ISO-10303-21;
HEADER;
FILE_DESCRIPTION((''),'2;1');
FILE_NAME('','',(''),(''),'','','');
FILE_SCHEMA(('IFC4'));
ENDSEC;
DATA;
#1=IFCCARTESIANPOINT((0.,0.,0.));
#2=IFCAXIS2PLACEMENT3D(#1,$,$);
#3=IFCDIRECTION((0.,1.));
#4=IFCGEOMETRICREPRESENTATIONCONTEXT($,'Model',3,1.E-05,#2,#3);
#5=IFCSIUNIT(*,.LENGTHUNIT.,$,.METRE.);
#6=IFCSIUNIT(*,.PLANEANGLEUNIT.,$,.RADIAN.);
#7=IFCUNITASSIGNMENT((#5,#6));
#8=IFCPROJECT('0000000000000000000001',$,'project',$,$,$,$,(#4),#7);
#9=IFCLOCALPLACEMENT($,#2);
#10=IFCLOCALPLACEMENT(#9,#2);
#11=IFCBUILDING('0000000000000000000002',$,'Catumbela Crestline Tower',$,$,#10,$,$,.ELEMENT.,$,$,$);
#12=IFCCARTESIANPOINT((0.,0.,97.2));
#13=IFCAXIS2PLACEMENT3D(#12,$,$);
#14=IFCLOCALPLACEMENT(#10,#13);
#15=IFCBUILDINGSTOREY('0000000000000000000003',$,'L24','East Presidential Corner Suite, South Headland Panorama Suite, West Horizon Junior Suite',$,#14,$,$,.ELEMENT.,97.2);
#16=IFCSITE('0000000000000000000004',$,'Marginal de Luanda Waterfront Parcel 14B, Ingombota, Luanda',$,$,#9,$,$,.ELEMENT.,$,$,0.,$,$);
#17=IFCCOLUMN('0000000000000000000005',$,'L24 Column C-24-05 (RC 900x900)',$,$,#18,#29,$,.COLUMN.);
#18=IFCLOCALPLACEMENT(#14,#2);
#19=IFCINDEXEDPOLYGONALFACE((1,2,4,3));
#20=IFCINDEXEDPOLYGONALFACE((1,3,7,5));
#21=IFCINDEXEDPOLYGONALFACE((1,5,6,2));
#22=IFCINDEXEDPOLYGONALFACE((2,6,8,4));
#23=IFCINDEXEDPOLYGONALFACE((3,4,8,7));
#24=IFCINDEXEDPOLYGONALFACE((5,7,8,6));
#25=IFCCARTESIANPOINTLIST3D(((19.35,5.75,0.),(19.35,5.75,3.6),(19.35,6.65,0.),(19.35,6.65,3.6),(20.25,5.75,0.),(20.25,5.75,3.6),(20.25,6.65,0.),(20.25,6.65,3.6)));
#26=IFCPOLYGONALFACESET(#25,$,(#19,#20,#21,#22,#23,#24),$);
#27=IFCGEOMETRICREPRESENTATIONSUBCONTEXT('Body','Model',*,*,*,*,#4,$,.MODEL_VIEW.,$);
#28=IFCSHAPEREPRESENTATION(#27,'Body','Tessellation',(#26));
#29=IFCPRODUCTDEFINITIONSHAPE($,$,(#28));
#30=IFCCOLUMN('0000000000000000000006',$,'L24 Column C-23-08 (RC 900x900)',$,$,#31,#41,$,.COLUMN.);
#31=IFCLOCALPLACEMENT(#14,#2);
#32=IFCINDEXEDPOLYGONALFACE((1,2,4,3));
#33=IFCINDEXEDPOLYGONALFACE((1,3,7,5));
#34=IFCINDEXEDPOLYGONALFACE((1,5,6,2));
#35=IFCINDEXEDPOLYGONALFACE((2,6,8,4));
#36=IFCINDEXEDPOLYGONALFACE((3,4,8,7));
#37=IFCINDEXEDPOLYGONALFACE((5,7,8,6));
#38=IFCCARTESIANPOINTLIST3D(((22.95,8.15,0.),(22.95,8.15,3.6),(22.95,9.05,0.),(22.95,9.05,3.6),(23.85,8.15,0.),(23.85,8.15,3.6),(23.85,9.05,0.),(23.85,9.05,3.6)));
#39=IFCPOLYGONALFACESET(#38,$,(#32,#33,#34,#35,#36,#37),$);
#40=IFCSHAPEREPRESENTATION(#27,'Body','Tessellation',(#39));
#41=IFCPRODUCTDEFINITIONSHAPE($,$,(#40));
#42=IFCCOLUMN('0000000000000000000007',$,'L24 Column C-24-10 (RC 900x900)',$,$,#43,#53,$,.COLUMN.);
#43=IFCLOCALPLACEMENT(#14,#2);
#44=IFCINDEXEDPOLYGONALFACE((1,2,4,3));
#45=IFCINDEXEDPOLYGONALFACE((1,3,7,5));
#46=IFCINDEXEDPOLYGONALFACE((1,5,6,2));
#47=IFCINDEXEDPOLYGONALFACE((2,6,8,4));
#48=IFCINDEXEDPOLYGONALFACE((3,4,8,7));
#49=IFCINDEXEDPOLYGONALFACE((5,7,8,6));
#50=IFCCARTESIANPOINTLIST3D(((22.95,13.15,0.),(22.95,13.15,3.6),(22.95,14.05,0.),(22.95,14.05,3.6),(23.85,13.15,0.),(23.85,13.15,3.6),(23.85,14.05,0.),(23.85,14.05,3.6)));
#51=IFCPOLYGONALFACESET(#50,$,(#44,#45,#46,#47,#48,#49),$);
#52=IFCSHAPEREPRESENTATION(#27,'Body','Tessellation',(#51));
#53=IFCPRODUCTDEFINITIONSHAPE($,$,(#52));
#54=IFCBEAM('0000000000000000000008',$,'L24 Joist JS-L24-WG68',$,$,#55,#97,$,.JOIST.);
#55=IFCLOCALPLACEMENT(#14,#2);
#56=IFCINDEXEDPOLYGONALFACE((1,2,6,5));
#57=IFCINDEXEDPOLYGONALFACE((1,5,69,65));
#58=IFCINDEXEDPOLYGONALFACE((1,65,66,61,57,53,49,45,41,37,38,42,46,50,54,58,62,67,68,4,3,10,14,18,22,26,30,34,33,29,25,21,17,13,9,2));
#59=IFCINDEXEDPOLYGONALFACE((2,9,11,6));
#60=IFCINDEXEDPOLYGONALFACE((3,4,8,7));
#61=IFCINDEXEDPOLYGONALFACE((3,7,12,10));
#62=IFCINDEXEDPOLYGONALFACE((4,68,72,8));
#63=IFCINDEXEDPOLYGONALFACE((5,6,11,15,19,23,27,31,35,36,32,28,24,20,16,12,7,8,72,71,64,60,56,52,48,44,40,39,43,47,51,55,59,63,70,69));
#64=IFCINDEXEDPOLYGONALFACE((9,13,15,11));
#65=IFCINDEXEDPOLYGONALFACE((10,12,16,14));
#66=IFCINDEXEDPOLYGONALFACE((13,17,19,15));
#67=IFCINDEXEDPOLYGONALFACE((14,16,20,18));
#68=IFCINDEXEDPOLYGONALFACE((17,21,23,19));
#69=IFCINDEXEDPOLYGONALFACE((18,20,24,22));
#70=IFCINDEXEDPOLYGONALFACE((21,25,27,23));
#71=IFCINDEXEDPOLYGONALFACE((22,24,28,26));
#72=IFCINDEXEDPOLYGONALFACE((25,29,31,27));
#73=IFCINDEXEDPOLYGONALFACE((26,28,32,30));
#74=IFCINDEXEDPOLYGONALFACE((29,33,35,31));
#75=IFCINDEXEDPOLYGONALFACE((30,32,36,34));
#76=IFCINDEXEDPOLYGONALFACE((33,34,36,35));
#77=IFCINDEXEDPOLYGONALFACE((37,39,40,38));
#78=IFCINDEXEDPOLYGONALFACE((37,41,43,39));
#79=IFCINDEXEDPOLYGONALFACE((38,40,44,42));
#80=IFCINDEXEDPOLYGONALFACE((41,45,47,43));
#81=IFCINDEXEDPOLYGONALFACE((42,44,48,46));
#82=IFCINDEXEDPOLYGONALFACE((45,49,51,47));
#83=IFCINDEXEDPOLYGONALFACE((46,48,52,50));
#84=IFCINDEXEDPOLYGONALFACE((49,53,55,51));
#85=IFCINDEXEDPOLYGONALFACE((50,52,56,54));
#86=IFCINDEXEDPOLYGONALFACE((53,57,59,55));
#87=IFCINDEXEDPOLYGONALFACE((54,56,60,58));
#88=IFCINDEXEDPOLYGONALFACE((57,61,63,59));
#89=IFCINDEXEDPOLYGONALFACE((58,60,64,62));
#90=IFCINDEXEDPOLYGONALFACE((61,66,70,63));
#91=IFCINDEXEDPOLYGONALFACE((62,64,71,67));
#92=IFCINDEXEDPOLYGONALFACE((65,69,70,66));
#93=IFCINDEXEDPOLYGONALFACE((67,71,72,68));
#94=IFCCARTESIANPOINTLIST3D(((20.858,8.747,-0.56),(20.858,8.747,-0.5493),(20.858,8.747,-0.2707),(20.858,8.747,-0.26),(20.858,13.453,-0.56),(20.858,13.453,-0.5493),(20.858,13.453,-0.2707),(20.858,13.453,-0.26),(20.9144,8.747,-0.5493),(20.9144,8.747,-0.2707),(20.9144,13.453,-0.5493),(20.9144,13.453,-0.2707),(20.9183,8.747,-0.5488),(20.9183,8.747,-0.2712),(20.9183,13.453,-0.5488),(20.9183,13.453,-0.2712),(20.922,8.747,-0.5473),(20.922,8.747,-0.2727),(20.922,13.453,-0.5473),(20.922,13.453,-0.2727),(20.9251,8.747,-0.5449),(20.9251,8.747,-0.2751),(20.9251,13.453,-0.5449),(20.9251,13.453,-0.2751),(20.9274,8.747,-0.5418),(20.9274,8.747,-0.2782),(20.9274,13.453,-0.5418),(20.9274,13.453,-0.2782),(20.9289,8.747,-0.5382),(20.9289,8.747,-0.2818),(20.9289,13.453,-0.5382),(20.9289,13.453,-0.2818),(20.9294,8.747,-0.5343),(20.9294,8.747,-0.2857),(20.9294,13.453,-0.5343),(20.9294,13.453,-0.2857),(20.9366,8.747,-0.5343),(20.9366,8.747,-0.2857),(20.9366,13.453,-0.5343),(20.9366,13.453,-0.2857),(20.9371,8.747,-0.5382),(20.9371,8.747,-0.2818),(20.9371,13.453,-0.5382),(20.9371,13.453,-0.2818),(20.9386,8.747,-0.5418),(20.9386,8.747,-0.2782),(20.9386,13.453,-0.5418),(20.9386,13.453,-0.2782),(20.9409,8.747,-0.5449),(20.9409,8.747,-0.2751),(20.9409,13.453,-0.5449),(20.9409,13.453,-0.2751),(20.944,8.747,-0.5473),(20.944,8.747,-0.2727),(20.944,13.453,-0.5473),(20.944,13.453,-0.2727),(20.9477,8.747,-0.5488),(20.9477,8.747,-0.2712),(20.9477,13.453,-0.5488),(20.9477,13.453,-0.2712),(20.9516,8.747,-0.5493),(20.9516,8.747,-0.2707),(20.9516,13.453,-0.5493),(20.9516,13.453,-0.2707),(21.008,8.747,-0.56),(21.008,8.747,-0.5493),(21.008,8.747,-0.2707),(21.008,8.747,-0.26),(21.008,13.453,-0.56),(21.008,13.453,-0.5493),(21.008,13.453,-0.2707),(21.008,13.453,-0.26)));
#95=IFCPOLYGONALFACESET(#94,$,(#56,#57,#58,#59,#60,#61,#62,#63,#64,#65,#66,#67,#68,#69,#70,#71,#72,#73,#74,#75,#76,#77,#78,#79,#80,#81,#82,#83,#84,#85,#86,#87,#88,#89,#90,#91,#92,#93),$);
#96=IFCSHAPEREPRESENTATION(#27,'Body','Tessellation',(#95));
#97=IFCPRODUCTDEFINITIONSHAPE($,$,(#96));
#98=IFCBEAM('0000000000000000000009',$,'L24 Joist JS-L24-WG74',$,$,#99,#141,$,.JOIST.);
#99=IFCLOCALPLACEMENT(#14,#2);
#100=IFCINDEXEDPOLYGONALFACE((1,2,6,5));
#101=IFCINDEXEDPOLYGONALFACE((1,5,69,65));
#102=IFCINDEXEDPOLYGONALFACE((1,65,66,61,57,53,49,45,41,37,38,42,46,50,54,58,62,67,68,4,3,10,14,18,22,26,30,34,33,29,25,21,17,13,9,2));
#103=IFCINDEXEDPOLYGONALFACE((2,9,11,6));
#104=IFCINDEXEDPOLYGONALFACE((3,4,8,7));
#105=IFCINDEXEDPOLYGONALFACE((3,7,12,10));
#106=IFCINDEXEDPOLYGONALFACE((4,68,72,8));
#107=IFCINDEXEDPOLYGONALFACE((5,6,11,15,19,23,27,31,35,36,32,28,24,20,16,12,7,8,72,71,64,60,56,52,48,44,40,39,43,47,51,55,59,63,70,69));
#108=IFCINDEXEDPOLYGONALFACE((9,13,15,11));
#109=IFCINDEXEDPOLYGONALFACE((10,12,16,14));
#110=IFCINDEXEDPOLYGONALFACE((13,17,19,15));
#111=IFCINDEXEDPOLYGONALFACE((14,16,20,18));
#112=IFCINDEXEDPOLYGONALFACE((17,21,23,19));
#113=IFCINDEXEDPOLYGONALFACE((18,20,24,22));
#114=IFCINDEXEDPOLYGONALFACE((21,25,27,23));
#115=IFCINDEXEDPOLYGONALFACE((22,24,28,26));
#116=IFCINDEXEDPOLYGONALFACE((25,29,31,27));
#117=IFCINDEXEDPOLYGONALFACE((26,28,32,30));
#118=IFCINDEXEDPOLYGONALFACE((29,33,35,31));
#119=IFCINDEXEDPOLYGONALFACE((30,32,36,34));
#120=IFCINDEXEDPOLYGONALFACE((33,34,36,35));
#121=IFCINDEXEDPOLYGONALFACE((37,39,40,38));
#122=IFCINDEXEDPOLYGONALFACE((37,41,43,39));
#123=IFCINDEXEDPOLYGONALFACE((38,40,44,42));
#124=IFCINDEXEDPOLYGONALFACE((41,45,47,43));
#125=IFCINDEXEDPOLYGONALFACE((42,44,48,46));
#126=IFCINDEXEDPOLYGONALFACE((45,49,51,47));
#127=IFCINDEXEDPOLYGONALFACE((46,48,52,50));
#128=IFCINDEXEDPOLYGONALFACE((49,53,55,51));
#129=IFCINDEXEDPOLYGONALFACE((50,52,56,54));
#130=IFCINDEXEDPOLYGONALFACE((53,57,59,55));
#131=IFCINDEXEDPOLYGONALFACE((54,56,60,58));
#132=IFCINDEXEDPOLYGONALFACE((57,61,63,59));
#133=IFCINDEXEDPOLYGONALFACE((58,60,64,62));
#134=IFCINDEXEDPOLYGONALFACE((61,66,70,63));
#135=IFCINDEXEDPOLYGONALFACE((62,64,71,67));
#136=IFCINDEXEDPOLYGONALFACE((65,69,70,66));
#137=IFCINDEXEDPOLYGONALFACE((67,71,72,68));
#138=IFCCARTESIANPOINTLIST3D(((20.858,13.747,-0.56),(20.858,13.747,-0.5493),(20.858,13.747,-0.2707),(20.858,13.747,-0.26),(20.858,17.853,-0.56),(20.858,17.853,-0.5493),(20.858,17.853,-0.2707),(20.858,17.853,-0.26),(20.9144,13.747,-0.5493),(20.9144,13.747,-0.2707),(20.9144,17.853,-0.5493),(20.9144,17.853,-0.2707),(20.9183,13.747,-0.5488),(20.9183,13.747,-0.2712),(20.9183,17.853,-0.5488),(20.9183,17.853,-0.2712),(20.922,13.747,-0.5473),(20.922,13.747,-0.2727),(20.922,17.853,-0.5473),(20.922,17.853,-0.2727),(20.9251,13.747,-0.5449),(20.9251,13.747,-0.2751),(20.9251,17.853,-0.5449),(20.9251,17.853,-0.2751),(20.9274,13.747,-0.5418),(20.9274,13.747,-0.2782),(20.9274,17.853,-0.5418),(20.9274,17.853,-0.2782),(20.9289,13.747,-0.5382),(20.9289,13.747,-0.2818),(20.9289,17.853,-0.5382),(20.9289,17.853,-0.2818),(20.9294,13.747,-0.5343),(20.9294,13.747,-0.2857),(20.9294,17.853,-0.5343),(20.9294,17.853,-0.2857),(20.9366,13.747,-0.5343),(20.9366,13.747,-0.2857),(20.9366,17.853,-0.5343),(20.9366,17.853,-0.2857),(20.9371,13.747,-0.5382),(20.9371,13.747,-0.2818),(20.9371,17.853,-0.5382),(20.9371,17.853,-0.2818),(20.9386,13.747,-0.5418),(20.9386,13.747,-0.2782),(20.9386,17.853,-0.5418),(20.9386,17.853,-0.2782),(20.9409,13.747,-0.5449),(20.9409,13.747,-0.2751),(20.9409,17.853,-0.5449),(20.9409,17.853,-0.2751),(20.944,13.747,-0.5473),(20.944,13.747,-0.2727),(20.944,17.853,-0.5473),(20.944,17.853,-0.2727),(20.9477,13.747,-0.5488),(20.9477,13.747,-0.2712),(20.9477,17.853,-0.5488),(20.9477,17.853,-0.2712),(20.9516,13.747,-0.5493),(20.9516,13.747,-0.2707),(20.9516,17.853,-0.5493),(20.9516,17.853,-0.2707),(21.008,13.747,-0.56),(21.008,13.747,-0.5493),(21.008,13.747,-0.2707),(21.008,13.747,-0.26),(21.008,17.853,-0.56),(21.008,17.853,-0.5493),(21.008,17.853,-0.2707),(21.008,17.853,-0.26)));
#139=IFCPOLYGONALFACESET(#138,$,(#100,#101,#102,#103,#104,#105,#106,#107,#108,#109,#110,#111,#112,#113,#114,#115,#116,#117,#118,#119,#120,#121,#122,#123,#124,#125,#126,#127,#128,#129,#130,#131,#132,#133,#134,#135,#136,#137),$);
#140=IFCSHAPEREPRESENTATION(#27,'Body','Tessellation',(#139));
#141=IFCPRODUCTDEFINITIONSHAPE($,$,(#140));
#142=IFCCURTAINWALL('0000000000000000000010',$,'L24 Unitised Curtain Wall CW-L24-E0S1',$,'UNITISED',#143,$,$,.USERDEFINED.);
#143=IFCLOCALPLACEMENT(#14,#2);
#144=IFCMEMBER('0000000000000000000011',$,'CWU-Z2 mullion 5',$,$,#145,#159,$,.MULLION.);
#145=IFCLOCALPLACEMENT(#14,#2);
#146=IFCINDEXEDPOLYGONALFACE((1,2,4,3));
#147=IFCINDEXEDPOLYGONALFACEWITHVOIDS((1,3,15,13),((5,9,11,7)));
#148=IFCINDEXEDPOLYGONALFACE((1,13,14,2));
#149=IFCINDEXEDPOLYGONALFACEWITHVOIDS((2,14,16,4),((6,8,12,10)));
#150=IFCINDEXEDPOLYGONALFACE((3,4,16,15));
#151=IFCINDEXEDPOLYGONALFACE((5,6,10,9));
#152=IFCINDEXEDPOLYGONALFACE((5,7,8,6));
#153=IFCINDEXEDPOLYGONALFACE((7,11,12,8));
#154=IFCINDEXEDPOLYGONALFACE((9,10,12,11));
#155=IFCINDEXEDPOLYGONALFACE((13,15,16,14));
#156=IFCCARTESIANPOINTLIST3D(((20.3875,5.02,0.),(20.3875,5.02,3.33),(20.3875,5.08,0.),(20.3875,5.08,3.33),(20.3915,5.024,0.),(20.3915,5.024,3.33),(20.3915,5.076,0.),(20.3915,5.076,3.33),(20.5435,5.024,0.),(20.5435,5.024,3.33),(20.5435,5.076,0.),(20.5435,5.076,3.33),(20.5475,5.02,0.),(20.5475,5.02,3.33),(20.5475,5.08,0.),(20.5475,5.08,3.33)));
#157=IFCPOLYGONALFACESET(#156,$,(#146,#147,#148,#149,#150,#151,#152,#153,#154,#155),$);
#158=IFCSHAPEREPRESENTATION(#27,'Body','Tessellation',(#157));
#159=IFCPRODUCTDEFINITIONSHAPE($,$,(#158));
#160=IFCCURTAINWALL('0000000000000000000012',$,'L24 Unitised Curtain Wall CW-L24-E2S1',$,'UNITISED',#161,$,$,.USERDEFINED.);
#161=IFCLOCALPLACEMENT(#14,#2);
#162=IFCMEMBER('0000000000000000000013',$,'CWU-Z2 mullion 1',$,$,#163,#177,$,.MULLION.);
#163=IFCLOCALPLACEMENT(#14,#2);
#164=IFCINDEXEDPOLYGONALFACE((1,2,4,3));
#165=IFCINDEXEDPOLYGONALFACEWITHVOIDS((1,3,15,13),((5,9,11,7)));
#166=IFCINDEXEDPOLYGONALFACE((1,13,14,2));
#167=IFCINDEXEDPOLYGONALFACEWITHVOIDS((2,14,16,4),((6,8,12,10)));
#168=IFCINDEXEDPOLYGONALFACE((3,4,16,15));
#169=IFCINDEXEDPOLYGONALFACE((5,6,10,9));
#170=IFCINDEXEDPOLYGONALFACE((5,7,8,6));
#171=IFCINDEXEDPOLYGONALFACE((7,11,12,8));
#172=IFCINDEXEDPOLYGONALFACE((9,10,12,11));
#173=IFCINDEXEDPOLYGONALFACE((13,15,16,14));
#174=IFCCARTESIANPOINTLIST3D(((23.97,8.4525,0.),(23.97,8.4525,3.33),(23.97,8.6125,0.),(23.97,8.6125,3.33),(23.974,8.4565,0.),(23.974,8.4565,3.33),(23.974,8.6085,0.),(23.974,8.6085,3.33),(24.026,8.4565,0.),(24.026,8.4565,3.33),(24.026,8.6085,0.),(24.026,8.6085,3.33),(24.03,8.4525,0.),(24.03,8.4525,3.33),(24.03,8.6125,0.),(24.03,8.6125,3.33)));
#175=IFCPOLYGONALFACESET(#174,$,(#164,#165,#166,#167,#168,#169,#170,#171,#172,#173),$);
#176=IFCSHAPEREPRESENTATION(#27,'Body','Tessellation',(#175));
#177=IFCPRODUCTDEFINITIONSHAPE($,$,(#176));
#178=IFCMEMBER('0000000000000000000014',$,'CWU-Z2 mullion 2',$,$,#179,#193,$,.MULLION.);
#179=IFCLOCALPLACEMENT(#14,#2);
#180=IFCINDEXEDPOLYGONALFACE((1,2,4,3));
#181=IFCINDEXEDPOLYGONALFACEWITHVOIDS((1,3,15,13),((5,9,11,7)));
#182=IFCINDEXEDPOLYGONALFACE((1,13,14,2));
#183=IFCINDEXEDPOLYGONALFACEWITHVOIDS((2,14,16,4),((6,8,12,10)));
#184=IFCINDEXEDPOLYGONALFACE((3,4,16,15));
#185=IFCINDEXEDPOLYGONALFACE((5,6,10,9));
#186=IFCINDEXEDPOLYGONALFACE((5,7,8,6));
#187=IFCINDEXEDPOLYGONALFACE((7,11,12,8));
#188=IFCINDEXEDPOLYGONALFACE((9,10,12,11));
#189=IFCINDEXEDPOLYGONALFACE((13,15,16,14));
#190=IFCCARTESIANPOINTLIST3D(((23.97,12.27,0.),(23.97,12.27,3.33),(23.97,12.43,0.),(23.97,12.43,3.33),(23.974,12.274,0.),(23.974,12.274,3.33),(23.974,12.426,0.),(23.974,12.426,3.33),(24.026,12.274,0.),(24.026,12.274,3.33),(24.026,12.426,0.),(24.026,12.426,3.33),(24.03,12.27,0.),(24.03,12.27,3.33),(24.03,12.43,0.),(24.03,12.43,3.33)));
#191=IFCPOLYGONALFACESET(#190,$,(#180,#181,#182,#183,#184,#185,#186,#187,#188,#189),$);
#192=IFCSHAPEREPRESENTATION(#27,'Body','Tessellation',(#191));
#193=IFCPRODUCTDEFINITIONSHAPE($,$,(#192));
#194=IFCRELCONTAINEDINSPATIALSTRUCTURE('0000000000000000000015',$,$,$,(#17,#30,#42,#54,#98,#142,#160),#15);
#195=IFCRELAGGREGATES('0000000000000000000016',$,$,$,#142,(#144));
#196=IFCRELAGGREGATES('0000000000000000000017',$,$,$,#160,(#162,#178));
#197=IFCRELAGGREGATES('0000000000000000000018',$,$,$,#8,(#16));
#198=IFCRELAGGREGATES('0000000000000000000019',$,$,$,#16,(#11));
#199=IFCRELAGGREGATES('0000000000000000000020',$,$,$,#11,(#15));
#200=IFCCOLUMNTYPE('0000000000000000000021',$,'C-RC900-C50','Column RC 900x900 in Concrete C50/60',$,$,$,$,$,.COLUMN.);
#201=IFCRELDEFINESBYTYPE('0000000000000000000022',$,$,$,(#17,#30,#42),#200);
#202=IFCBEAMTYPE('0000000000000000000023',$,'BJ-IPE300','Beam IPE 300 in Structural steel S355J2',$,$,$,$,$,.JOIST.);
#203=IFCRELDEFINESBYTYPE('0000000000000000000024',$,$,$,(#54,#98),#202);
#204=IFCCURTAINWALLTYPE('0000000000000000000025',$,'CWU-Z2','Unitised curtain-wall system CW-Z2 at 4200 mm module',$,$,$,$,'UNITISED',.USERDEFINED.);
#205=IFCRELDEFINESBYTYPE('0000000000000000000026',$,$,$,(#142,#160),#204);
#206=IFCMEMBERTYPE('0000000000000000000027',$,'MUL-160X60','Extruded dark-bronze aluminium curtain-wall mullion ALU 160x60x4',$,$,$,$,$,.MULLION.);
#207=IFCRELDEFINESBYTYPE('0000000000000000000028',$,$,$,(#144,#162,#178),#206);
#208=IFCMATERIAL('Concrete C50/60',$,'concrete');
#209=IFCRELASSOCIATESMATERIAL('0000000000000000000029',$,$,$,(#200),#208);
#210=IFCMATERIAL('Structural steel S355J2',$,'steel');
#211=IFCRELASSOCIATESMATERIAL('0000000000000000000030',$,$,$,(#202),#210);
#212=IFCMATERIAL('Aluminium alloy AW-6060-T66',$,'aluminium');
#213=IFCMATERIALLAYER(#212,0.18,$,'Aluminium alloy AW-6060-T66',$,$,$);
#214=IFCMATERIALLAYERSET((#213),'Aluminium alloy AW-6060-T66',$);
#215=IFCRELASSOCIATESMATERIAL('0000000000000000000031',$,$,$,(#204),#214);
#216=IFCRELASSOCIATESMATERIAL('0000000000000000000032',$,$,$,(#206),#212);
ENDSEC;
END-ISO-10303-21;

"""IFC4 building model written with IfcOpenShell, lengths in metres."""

from ifc_helpers import new_model, si_unit, direction, frame, origin, origin_2d, place, context, subcontext, project, spatial, rectangle, hollow_rectangle, i_section, extrude, material, layer, layer_set, material_profile, profile_set, type_object, element, aggregate, save


model = new_model("IFC4")

# Units and contexts
model_context = context("Model", 3, precision=1e-05, world=origin(), true_north=direction((0.0, 1.0)))
body_context = subcontext(model_context, "Body", "Model", "MODEL_VIEW")
ifc_project = project(units=[si_unit("LENGTHUNIT", "METRE"), si_unit("PLANEANGLEUNIT", "RADIAN")], contexts=[model_context])

# Site, building, storey
site_placement = place(None, origin())
site = spatial("IfcSite", under=ifc_project, at=site_placement, Name="Marginal de Luanda Waterfront Parcel 14B, Ingombota, Luanda", CompositionType="ELEMENT", RefElevation=0.0)
building_placement = place(site_placement, origin())
building = spatial("IfcBuilding", under=site, at=building_placement, Name="Catumbela Crestline Tower", CompositionType="ELEMENT")
storey_placement = place(building_placement, frame((0.0, 0.0, 97.2)))
storey = spatial("IfcBuildingStorey", under=building, at=storey_placement, Name="L24", Description="East Presidential Corner Suite, South Headland Panorama Suite, West Horizon Junior Suite", CompositionType="ELEMENT", Elevation=97.2)

# Columns
ifc_material_1 = material(Name="Concrete C50/60", Category="concrete")
ifc_material_profile_1 = material_profile(ifc_material_1, rectangle(XDim=0.9, YDim=0.9, at=origin_2d()), Name="RC 900x900")
ifc_profile_set_1 = profile_set([ifc_material_profile_1], Name="Concrete C50/60")
column_type = type_object("IfcColumnType", Name="C-RC900-C50", Description="Column RC 900x900 in Concrete C50/60", PredefinedType="COLUMN", material=ifc_profile_set_1)
for number, where, z_axis, x_axis, name in (
    (1, (19.8, 6.2, 0.0), (0.0, 0.0, 1.0), (1.0, 0.0, 0.0), "L24 Column C-24-05 (RC 900x900)"),
    (2, (23.4, 8.6, 0.0), (0.0, 0.0, 1.0), (1.0, 0.0, 0.0), "L24 Column C-23-08 (RC 900x900)"),
    (3, (23.4, 13.6, 0.0), (0.0, 0.0, 1.0), (1.0, 0.0, 0.0), "L24 Column C-24-10 (RC 900x900)"),
):
    element("IfcColumn", number, at=place(storey_placement, frame(where, z_axis=z_axis, x_axis=x_axis)), inside=storey, type_object=column_type, Name=name, PredefinedType="COLUMN", context=body_context, shape_type="SweptSolid", body=[
        extrude(rectangle(XDim=0.9, YDim=0.9, at=origin_2d()), origin(), (0.0, 0.0, 1.0), 3.6),
    ])

# Beams
ifc_material_2 = material(Name="Structural steel S355J2", Category="steel")
ifc_material_profile_2 = material_profile(ifc_material_2, i_section(OverallWidth=0.15, OverallDepth=0.3, WebThickness=0.0071, FlangeThickness=0.0107, FilletRadius=0.015, at=origin_2d()), Name="IPE 300")
ifc_profile_set_2 = profile_set([ifc_material_profile_2], Name="Structural steel S355J2")
beam_type_1 = type_object("IfcBeamType", Name="BJ-IPE300", Description="Beam IPE 300 in Structural steel S355J2", PredefinedType="JOIST", material=ifc_profile_set_2)
beam_1_placement = place(storey_placement, frame((20.933, 8.747, -0.41), z_axis=(0.0, 1.0, 0.0), x_axis=(-1.0, 0.0, 0.0)))
element("IfcBeam", 4, at=beam_1_placement, inside=storey, type_object=beam_type_1, Name="L24 Joist JS-L24-WG68", PredefinedType="JOIST", context=body_context, shape_type="SweptSolid", body=[
    extrude(i_section(OverallWidth=0.15, OverallDepth=0.3, WebThickness=0.0071, FlangeThickness=0.0107, FilletRadius=0.015, at=origin_2d()), origin(), (0.0, 0.0, 1.0), 4.706),
])
beam_2_placement = place(storey_placement, frame((20.933, 13.747, -0.41), z_axis=(0.0, 1.0, 0.0), x_axis=(-1.0, 0.0, 0.0)))
element("IfcBeam", 5, at=beam_2_placement, inside=storey, type_object=beam_type_1, Name="L24 Joist JS-L24-WG74", PredefinedType="JOIST", context=body_context, shape_type="SweptSolid", body=[
    extrude(i_section(OverallWidth=0.15, OverallDepth=0.3, WebThickness=0.0071, FlangeThickness=0.0107, FilletRadius=0.015, at=origin_2d()), origin(), (0.0, 0.0, 1.0), 4.106),
])

# Curtain wall, member
ifc_material_3 = material(Name="Aluminium alloy AW-6060-T66", Category="aluminium")
ifc_layer_1 = layer(ifc_material_3, 0.18, Name="Aluminium alloy AW-6060-T66")
ifc_layer_set_1 = layer_set([ifc_layer_1], Name="Aluminium alloy AW-6060-T66")
curtain_wall_type = type_object("IfcCurtainWallType", Name="CWU-Z2", Description="Unitised curtain-wall system CW-Z2 at 4200 mm module", ElementType="UNITISED", PredefinedType="USERDEFINED", material=ifc_layer_set_1)
curtain_wall_1_placement = place(storey_placement, origin())
curtain_wall_1 = element("IfcCurtainWall", 6, at=curtain_wall_1_placement, inside=storey, type_object=curtain_wall_type, Name="L24 Unitised Curtain Wall CW-L24-E0S1", ObjectType="UNITISED", PredefinedType="USERDEFINED")
ifc_material_profile_3 = material_profile(ifc_material_3, hollow_rectangle(XDim=0.06, YDim=0.16, WallThickness=0.004, at=origin_2d()), Name="ALU 160x60x4")
ifc_profile_set_3 = profile_set([ifc_material_profile_3], Name="Aluminium alloy AW-6060-T66")
member_type_1 = type_object("IfcMemberType", Name="MUL-160X60", Description="Extruded dark-bronze aluminium curtain-wall mullion ALU 160x60x4", PredefinedType="MULLION", material=ifc_profile_set_3)
member_1_placement = place(storey_placement, frame((20.4675, 5.05, 0.0), z_axis=(0.0, 0.0, 1.0), x_axis=(0.0, 1.0, 0.0)))
member_1 = element("IfcMember", 7, at=member_1_placement, type_object=member_type_1, Name="CWU-Z2 mullion 5", PredefinedType="MULLION", context=body_context, shape_type="SweptSolid", body=[
    extrude(hollow_rectangle(XDim=0.06, YDim=0.16, WallThickness=0.004, at=origin_2d()), origin(), (0.0, 0.0, 1.0), 3.33),
])
aggregate(curtain_wall_1, [member_1])

# Curtain wall, members
curtain_wall_2_placement = place(storey_placement, origin())
curtain_wall_2 = element("IfcCurtainWall", 8, at=curtain_wall_2_placement, inside=storey, type_object=curtain_wall_type, Name="L24 Unitised Curtain Wall CW-L24-E2S1", ObjectType="UNITISED", PredefinedType="USERDEFINED")
member_2_placement = place(storey_placement, frame((24.0, 8.5325, 0.0), z_axis=(0.0, 0.0, 1.0), x_axis=(-1.0, 0.0, 0.0)))
member_2 = element("IfcMember", 9, at=member_2_placement, type_object=member_type_1, Name="CWU-Z2 mullion 1", PredefinedType="MULLION", context=body_context, shape_type="SweptSolid", body=[
    extrude(hollow_rectangle(XDim=0.06, YDim=0.16, WallThickness=0.004, at=origin_2d()), origin(), (0.0, 0.0, 1.0), 3.33),
])
member_3_placement = place(storey_placement, frame((24.0, 12.35, 0.0), z_axis=(0.0, 0.0, 1.0), x_axis=(-1.0, 0.0, 0.0)))
member_3 = element("IfcMember", 10, at=member_3_placement, type_object=member_type_1, Name="CWU-Z2 mullion 2", PredefinedType="MULLION", context=body_context, shape_type="SweptSolid", body=[
    extrude(hollow_rectangle(XDim=0.06, YDim=0.16, WallThickness=0.004, at=origin_2d()), origin(), (0.0, 0.0, 1.0), 3.33),
])

aggregate(curtain_wall_2, [member_2, member_3])

save(model, "model.ifc")
